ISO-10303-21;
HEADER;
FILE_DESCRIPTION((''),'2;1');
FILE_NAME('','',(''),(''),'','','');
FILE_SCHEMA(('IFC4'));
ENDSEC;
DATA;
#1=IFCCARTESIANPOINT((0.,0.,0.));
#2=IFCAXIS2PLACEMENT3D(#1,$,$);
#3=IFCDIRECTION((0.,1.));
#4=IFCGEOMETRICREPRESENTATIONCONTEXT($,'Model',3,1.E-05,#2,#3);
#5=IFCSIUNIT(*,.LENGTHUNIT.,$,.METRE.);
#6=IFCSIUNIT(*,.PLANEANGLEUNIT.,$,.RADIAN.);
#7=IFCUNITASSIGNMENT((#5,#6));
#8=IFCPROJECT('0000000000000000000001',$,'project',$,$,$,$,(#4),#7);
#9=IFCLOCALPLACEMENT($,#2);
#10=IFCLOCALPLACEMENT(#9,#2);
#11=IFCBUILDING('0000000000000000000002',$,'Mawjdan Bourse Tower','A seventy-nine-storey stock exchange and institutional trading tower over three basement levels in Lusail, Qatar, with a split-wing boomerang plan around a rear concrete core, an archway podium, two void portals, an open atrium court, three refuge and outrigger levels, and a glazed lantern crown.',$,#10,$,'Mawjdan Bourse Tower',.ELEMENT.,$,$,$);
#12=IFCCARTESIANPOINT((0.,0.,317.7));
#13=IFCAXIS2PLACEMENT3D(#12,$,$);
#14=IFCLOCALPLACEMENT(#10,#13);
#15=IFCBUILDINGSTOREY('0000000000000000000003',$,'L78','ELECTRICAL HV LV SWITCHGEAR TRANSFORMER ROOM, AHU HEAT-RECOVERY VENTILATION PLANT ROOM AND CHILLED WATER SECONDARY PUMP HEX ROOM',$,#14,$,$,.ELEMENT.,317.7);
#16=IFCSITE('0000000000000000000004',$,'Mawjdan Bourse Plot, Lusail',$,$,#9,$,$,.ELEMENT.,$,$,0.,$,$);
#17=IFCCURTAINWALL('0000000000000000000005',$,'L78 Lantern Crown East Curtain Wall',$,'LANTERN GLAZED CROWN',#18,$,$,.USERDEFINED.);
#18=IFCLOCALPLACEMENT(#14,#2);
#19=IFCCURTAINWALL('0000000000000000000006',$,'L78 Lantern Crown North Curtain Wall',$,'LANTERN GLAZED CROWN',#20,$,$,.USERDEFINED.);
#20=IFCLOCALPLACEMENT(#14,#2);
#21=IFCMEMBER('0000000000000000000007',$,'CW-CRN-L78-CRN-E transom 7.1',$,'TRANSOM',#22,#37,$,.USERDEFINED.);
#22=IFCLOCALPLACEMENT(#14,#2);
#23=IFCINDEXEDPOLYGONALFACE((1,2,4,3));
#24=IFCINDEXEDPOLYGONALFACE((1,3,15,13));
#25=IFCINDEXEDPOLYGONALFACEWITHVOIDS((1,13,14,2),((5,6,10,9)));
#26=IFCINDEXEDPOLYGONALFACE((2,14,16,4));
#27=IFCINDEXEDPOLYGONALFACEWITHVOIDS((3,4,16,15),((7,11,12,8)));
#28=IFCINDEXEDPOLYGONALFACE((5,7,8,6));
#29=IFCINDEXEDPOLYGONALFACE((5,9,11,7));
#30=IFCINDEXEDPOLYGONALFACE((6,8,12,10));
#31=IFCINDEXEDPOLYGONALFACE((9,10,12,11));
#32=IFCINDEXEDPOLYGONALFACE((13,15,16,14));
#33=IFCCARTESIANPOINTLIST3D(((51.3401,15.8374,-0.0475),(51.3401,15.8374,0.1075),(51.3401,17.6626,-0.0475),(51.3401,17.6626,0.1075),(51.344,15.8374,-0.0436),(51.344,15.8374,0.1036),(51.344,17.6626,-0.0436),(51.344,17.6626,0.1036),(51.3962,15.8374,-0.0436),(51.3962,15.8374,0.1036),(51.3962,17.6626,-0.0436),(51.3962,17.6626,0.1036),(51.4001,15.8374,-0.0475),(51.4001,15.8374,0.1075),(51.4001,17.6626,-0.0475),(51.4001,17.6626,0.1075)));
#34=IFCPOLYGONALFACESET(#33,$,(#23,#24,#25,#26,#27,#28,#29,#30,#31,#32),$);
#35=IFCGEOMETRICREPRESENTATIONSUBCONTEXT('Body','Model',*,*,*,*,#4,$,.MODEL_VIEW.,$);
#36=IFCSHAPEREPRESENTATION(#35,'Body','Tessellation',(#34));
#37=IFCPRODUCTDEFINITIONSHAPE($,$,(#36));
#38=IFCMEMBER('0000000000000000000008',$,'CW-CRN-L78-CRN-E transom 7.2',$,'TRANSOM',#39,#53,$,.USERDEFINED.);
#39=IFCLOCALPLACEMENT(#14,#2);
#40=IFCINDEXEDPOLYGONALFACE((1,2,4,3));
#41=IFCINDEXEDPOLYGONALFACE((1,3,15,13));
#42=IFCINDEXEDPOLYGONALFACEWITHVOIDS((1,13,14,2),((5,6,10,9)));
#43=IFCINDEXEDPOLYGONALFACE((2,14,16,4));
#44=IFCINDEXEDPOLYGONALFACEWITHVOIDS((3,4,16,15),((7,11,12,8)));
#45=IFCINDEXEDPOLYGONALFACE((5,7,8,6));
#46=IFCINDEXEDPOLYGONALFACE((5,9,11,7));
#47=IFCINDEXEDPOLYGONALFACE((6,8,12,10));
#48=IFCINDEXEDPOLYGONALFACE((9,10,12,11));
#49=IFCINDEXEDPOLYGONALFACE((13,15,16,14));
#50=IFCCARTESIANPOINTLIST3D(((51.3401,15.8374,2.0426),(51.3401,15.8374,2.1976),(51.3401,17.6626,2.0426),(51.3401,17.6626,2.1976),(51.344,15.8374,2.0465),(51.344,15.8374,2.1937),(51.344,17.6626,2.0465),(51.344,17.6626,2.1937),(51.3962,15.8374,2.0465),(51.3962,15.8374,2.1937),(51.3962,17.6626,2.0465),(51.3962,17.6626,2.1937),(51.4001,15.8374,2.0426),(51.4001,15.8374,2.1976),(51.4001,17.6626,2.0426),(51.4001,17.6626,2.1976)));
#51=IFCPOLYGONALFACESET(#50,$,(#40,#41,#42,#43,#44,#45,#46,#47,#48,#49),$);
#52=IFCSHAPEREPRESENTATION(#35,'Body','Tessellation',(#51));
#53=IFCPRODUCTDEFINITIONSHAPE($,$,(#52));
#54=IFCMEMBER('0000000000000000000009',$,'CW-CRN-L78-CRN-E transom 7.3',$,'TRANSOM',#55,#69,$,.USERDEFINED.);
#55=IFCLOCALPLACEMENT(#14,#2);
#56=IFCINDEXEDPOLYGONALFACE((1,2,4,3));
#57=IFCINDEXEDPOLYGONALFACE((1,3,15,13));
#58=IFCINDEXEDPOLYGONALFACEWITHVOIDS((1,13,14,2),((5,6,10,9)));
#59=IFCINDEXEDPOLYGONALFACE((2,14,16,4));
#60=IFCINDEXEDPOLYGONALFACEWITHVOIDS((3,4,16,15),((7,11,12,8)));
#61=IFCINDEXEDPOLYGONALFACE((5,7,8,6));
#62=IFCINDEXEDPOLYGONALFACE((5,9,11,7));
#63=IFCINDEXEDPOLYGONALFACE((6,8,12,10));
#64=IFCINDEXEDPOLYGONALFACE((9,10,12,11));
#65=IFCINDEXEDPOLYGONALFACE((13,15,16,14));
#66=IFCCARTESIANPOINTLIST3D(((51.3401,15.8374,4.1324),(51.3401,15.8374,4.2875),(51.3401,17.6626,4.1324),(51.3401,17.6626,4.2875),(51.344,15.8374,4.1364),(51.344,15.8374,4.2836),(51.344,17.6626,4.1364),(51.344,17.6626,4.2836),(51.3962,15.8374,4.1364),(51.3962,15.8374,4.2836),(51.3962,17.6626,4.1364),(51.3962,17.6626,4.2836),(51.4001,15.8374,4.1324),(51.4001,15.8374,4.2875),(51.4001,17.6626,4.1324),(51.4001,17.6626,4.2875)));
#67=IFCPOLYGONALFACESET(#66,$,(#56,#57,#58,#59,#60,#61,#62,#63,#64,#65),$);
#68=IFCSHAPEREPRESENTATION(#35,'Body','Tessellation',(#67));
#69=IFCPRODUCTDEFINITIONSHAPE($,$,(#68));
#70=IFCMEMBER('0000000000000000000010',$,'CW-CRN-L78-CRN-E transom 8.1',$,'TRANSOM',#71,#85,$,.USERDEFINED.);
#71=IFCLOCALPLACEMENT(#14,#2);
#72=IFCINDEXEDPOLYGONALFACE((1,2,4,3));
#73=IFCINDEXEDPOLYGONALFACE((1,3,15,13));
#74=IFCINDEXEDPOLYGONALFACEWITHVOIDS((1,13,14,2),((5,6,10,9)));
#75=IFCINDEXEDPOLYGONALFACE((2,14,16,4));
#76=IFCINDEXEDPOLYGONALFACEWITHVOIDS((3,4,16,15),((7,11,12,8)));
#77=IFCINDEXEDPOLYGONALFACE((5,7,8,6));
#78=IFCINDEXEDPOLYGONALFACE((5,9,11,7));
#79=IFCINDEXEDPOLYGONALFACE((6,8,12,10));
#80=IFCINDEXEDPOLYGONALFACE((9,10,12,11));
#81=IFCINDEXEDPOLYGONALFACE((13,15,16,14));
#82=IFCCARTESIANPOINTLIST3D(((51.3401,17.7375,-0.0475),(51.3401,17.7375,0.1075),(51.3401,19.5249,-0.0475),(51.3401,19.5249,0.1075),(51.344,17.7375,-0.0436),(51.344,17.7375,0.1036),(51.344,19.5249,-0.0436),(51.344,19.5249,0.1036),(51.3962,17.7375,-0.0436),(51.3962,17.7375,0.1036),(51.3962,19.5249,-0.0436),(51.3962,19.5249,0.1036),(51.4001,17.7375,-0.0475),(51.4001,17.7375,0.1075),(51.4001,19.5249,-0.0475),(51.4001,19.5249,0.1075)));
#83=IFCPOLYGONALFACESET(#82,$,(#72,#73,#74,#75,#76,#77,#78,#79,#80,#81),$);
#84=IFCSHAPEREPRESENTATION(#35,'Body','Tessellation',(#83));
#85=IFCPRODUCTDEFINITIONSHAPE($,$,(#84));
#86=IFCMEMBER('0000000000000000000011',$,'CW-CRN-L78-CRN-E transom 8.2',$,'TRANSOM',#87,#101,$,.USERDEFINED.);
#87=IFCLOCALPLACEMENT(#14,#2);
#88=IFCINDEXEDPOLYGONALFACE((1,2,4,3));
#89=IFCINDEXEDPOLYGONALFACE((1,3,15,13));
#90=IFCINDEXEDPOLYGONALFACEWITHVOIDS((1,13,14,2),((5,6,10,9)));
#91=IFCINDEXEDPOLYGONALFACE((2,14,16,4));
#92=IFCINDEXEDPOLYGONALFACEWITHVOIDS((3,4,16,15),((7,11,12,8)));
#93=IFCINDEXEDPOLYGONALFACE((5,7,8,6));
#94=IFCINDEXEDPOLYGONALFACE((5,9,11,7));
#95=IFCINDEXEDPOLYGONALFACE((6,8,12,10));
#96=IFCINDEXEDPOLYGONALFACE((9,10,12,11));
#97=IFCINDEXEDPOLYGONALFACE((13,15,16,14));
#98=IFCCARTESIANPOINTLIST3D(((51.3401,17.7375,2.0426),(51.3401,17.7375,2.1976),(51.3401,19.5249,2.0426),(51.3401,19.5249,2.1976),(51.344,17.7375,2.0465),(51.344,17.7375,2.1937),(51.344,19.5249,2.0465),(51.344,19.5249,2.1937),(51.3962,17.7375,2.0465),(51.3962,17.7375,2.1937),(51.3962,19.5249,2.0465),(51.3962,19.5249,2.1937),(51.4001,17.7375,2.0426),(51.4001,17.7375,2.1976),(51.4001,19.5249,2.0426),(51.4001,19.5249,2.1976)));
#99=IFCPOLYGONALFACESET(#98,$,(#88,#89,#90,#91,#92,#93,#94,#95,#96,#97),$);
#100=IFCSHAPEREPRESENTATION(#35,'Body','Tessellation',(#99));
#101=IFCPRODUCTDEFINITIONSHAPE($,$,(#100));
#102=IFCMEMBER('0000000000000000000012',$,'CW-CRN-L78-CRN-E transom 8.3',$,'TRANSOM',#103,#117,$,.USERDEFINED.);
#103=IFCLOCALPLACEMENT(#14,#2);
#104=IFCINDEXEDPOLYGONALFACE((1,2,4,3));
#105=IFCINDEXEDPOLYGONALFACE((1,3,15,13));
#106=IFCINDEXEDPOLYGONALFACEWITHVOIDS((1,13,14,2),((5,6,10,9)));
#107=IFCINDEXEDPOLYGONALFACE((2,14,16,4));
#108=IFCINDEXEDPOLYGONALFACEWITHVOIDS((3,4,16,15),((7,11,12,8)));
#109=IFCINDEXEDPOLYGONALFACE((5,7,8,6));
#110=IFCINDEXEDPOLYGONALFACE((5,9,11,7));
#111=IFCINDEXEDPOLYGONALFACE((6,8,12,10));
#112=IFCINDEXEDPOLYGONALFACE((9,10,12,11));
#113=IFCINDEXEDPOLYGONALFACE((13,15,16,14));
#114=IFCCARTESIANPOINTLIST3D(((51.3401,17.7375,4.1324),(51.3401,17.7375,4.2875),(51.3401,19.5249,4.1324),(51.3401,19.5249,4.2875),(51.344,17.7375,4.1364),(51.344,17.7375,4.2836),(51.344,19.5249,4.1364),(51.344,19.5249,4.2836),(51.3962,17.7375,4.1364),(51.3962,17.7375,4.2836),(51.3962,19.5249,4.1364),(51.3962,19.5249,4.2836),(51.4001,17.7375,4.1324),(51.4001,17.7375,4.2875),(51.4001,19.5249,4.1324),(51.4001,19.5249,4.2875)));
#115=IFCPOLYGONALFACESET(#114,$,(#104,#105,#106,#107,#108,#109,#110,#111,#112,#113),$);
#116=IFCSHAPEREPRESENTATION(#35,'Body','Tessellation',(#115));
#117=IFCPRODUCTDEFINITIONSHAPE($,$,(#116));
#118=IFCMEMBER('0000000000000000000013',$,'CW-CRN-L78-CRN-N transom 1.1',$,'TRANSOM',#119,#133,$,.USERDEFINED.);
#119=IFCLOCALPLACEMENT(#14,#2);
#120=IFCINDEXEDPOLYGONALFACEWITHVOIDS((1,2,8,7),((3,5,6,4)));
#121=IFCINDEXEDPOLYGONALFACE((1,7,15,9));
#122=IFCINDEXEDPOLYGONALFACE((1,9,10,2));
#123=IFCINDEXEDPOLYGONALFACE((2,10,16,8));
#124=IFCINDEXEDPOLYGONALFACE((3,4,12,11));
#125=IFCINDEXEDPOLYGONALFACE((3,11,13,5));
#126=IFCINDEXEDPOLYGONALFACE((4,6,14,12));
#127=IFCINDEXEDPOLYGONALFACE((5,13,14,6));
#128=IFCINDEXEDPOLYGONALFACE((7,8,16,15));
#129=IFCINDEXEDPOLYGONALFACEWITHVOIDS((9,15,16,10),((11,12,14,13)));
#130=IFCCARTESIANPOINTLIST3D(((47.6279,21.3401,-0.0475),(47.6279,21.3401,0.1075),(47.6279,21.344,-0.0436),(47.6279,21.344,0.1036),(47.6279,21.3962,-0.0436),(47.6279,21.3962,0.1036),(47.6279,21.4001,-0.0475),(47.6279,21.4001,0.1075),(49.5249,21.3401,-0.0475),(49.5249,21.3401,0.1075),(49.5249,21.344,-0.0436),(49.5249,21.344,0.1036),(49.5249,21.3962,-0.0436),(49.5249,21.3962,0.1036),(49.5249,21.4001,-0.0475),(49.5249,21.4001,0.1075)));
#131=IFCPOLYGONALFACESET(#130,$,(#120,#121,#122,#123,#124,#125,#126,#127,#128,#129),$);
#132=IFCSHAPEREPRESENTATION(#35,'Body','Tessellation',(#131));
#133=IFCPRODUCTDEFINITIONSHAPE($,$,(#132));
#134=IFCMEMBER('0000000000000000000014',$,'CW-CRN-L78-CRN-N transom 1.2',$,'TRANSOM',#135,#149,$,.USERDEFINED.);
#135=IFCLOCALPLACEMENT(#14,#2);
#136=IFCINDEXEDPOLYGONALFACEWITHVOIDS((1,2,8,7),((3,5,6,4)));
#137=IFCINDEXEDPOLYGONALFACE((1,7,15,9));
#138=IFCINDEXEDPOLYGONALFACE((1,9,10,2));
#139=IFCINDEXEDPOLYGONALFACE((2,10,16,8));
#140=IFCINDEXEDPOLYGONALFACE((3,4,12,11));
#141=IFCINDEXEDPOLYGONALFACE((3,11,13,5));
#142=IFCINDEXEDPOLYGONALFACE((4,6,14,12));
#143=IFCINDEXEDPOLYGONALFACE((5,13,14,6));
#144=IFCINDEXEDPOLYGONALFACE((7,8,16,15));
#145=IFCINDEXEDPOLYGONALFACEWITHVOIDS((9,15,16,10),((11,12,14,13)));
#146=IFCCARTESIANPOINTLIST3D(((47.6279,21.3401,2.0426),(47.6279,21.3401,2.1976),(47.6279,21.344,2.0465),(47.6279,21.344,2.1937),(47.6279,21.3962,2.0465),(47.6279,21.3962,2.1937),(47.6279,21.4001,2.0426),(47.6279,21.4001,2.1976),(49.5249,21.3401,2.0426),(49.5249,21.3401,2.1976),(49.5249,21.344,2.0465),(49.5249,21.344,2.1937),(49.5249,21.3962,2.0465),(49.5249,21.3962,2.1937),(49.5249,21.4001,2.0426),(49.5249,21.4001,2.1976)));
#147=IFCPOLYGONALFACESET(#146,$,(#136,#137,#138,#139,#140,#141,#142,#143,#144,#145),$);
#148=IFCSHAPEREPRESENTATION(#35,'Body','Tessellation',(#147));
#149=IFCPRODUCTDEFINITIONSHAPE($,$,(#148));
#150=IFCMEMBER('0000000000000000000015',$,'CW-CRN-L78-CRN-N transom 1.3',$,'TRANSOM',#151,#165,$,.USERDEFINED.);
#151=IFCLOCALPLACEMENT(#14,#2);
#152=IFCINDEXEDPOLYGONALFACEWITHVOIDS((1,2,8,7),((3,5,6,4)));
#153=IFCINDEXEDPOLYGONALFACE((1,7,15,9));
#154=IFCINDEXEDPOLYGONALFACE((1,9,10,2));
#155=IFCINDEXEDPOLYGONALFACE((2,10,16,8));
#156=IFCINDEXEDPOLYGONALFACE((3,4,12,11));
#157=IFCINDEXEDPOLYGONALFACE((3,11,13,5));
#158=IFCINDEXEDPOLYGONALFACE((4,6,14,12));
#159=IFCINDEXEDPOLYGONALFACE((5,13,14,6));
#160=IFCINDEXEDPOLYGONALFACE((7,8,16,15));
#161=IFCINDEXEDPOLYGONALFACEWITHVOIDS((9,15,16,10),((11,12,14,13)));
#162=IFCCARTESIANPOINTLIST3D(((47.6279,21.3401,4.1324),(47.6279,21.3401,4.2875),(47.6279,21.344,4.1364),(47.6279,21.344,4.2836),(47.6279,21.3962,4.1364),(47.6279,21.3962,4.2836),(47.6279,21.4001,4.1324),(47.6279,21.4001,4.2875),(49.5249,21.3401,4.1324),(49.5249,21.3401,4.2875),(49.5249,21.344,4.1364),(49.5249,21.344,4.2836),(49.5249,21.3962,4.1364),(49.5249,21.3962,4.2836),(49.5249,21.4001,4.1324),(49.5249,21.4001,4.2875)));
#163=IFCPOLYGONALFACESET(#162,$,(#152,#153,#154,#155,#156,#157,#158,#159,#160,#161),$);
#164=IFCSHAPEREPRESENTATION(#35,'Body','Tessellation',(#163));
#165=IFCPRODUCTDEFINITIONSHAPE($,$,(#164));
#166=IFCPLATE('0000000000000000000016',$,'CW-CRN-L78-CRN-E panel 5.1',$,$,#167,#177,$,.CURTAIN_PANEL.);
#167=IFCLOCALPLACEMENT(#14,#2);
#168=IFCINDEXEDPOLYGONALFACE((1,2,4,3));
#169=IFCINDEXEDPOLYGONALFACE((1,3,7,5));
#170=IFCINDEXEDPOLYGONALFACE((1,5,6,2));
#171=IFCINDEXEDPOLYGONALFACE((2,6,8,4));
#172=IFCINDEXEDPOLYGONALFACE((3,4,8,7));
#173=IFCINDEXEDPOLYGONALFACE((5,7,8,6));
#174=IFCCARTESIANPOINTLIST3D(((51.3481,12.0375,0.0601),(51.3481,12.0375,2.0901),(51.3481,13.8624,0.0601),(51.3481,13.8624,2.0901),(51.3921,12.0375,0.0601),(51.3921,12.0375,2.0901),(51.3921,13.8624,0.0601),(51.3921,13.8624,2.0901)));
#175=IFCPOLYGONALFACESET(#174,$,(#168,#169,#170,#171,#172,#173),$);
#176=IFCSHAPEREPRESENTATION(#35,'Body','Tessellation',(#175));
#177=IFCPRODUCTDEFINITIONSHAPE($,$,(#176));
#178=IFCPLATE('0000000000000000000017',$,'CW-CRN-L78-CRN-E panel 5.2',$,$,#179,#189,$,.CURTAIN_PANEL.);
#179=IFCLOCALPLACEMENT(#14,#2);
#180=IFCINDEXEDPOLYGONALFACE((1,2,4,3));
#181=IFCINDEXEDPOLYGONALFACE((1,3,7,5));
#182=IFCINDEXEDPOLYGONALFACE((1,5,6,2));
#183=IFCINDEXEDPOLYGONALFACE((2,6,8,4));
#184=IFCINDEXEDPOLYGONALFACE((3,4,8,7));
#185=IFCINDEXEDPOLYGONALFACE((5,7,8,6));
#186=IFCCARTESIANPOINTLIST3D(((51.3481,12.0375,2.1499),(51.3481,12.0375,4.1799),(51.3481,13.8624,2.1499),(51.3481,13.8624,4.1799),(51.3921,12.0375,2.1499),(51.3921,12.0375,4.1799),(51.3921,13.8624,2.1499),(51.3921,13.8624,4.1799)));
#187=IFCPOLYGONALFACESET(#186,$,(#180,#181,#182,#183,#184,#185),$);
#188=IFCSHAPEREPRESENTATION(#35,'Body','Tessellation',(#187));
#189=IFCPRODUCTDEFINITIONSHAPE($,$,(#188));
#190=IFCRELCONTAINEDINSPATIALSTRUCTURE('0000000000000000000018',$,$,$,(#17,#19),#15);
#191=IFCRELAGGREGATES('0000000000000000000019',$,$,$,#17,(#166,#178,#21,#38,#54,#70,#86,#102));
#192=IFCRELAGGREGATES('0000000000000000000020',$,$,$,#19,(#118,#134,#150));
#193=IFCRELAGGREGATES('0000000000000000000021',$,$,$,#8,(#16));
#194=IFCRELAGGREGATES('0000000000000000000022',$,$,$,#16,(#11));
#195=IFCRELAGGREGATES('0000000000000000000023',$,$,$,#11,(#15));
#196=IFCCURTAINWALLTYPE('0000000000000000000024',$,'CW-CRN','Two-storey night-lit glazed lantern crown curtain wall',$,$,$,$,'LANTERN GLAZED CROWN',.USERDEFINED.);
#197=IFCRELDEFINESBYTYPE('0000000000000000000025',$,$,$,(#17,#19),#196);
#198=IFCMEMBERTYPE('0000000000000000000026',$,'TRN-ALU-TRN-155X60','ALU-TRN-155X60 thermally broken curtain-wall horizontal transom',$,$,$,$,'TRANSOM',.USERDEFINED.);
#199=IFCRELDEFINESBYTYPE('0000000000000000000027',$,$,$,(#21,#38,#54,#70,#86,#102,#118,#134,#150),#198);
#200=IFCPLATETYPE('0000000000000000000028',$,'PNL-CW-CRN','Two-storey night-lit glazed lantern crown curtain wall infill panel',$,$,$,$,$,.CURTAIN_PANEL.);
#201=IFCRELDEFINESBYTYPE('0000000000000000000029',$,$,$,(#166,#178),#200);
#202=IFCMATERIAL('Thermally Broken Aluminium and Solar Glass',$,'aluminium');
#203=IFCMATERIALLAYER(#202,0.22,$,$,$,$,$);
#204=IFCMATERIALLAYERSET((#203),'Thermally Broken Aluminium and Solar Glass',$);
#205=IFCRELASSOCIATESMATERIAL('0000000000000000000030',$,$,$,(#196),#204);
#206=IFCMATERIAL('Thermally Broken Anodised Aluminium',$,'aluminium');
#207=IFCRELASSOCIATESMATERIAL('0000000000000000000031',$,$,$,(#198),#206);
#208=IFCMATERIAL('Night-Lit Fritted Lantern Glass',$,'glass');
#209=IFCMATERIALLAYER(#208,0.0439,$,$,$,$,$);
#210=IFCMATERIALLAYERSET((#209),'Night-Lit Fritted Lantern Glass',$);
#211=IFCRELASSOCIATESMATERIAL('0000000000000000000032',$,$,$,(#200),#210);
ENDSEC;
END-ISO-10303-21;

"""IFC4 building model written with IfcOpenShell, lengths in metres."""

from ifc_helpers import new_model, si_unit, direction, frame, origin, origin_2d, place, context, subcontext, project, spatial, rectangle, hollow_rectangle, extrude, material, layer, layer_set, material_profile, profile_set, type_object, element, aggregate, save


model = new_model("IFC4")

# Units and contexts
model_context = context("Model", 3, precision=1e-05, world=origin(), true_north=direction((0.0, 1.0)))
body_context = subcontext(model_context, "Body", "Model", "MODEL_VIEW")
ifc_project = project(units=[si_unit("LENGTHUNIT", "METRE"), si_unit("PLANEANGLEUNIT", "RADIAN")], contexts=[model_context])

# Site, building, storey
site_placement = place(None, origin())
site = spatial("IfcSite", under=ifc_project, at=site_placement, Name="Mawjdan Bourse Plot, Lusail", CompositionType="ELEMENT", RefElevation=0.0)
building_placement = place(site_placement, origin())
building = spatial("IfcBuilding", under=site, at=building_placement, Name="Mawjdan Bourse Tower", Description="A seventy-nine-storey stock exchange and institutional trading tower over three basement levels in Lusail, Qatar, with a split-wing boomerang plan around a rear concrete core, an archway podium, two void portals, an open atrium court, three refuge and outrigger levels, and a glazed lantern crown.", LongName="Mawjdan Bourse Tower", CompositionType="ELEMENT")
storey_placement = place(building_placement, frame((0.0, 0.0, 317.7)))
storey = spatial("IfcBuildingStorey", under=building, at=storey_placement, Name="L78", Description="ELECTRICAL HV LV SWITCHGEAR TRANSFORMER ROOM, AHU HEAT-RECOVERY VENTILATION PLANT ROOM AND CHILLED WATER SECONDARY PUMP HEX ROOM", CompositionType="ELEMENT", Elevation=317.7)

# Curtain wall
ifc_material_1 = material(Name="Thermally Broken Aluminium and Solar Glass", Category="aluminium")
ifc_layer_1 = layer(ifc_material_1, 0.22)
ifc_layer_set_1 = layer_set([ifc_layer_1], Name="Thermally Broken Aluminium and Solar Glass")
curtain_wall_type = type_object("IfcCurtainWallType", Name="CW-CRN", Description="Two-storey night-lit glazed lantern crown curtain wall", ElementType="LANTERN GLAZED CROWN", PredefinedType="USERDEFINED", material=ifc_layer_set_1)
curtain_wall_1_placement = place(storey_placement, origin())
curtain_wall_1 = element("IfcCurtainWall", 1, at=curtain_wall_1_placement, inside=storey, type_object=curtain_wall_type, Name="L78 Lantern Crown East Curtain Wall", ObjectType="LANTERN GLAZED CROWN", PredefinedType="USERDEFINED")
ifc_material_2 = material(Name="Thermally Broken Anodised Aluminium", Category="aluminium")

# Curtain wall
curtain_wall_2_placement = place(storey_placement, origin())
curtain_wall_2 = element("IfcCurtainWall", 2, at=curtain_wall_2_placement, inside=storey, type_object=curtain_wall_type, Name="L78 Lantern Crown North Curtain Wall", ObjectType="LANTERN GLAZED CROWN", PredefinedType="USERDEFINED")

# Members
ifc_material_profile_1 = material_profile(ifc_material_2, hollow_rectangle(XDim=0.0601, YDim=0.155, WallThickness=0.0039, at=origin_2d()), Name="ALU-TRN-155X60")
ifc_profile_set_1 = profile_set([ifc_material_profile_1], Name="Thermally Broken Anodised Aluminium")
member_type_1 = type_object("IfcMemberType", Name="TRN-ALU-TRN-155X60", Description="ALU-TRN-155X60 thermally broken curtain-wall horizontal transom", ElementType="TRANSOM", PredefinedType="USERDEFINED", material=ifc_profile_set_1)
member_1_placement = place(storey_placement, frame((51.3701, 15.8374, 0.03), z_axis=(0.0, 1.0, 0.0), x_axis=(-1.0, 0.0, 0.0)))
member_1 = element("IfcMember", 3, at=member_1_placement, type_object=member_type_1, Name="CW-CRN-L78-CRN-E transom 7.1", ObjectType="TRANSOM", PredefinedType="USERDEFINED", context=body_context, shape_type="SweptSolid", body=[
    extrude(hollow_rectangle(XDim=0.0601, YDim=0.155, WallThickness=0.0039, at=origin_2d()), origin(), (0.0, 0.0, 1.0), 1.8252),
])
member_2_placement = place(storey_placement, frame((51.3701, 15.8374, 2.1201), z_axis=(0.0, 1.0, 0.0), x_axis=(-1.0, 0.0, 0.0)))
member_2 = element("IfcMember", 4, at=member_2_placement, type_object=member_type_1, Name="CW-CRN-L78-CRN-E transom 7.2", ObjectType="TRANSOM", PredefinedType="USERDEFINED", context=body_context, shape_type="SweptSolid", body=[
    extrude(hollow_rectangle(XDim=0.0601, YDim=0.155, WallThickness=0.0039, at=origin_2d()), origin(), (0.0, 0.0, 1.0), 1.8252),
])
member_3_placement = place(storey_placement, frame((51.3701, 15.8374, 4.21), z_axis=(0.0, 1.0, 0.0), x_axis=(-1.0, 0.0, 0.0)))
member_3 = element("IfcMember", 5, at=member_3_placement, type_object=member_type_1, Name="CW-CRN-L78-CRN-E transom 7.3", ObjectType="TRANSOM", PredefinedType="USERDEFINED", context=body_context, shape_type="SweptSolid", body=[
    extrude(hollow_rectangle(XDim=0.0601, YDim=0.155, WallThickness=0.0039, at=origin_2d()), origin(), (0.0, 0.0, 1.0), 1.8252),
])
member_4_placement = place(storey_placement, frame((51.3701, 17.7375, 0.03), z_axis=(0.0, 1.0, 0.0), x_axis=(-1.0, 0.0, 0.0)))
member_4 = element("IfcMember", 6, at=member_4_placement, type_object=member_type_1, Name="CW-CRN-L78-CRN-E transom 8.1", ObjectType="TRANSOM", PredefinedType="USERDEFINED", context=body_context, shape_type="SweptSolid", body=[
    extrude(hollow_rectangle(XDim=0.0601, YDim=0.155, WallThickness=0.0039, at=origin_2d()), origin(), (0.0, 0.0, 1.0), 1.7874),
])
member_5_placement = place(storey_placement, frame((51.3701, 17.7375, 2.1201), z_axis=(0.0, 1.0, 0.0), x_axis=(-1.0, 0.0, 0.0)))
member_5 = element("IfcMember", 7, at=member_5_placement, type_object=member_type_1, Name="CW-CRN-L78-CRN-E transom 8.2", ObjectType="TRANSOM", PredefinedType="USERDEFINED", context=body_context, shape_type="SweptSolid", body=[
    extrude(hollow_rectangle(XDim=0.0601, YDim=0.155, WallThickness=0.0039, at=origin_2d()), origin(), (0.0, 0.0, 1.0), 1.7874),
])
member_6_placement = place(storey_placement, frame((51.3701, 17.7375, 4.21), z_axis=(0.0, 1.0, 0.0), x_axis=(-1.0, 0.0, 0.0)))
member_6 = element("IfcMember", 8, at=member_6_placement, type_object=member_type_1, Name="CW-CRN-L78-CRN-E transom 8.3", ObjectType="TRANSOM", PredefinedType="USERDEFINED", context=body_context, shape_type="SweptSolid", body=[
    extrude(hollow_rectangle(XDim=0.0601, YDim=0.155, WallThickness=0.0039, at=origin_2d()), origin(), (0.0, 0.0, 1.0), 1.7874),
])
member_7_placement = place(storey_placement, frame((49.5249, 21.3701, 0.03), z_axis=(-1.0, 0.0, 0.0), x_axis=(0.0, -1.0, 0.0)))
member_7 = element("IfcMember", 9, at=member_7_placement, type_object=member_type_1, Name="CW-CRN-L78-CRN-N transom 1.1", ObjectType="TRANSOM", PredefinedType="USERDEFINED", context=body_context, shape_type="SweptSolid", body=[
    extrude(hollow_rectangle(XDim=0.0601, YDim=0.155, WallThickness=0.0039, at=origin_2d()), origin(), (0.0, 0.0, 1.0), 1.897),
])
member_8_placement = place(storey_placement, frame((49.5249, 21.3701, 2.1201), z_axis=(-1.0, 0.0, 0.0), x_axis=(0.0, -1.0, 0.0)))
member_8 = element("IfcMember", 10, at=member_8_placement, type_object=member_type_1, Name="CW-CRN-L78-CRN-N transom 1.2", ObjectType="TRANSOM", PredefinedType="USERDEFINED", context=body_context, shape_type="SweptSolid", body=[
    extrude(hollow_rectangle(XDim=0.0601, YDim=0.155, WallThickness=0.0039, at=origin_2d()), origin(), (0.0, 0.0, 1.0), 1.897),
])
member_9_placement = place(storey_placement, frame((49.5249, 21.3701, 4.21), z_axis=(-1.0, 0.0, 0.0), x_axis=(0.0, -1.0, 0.0)))
member_9 = element("IfcMember", 11, at=member_9_placement, type_object=member_type_1, Name="CW-CRN-L78-CRN-N transom 1.3", ObjectType="TRANSOM", PredefinedType="USERDEFINED", context=body_context, shape_type="SweptSolid", body=[
    extrude(hollow_rectangle(XDim=0.0601, YDim=0.155, WallThickness=0.0039, at=origin_2d()), origin(), (0.0, 0.0, 1.0), 1.897),
])

# Plates
ifc_material_3 = material(Name="Night-Lit Fritted Lantern Glass", Category="glass")
ifc_layer_2 = layer(ifc_material_3, 0.0439)
ifc_layer_set_2 = layer_set([ifc_layer_2], Name="Night-Lit Fritted Lantern Glass")
plate_type = type_object("IfcPlateType", Name="PNL-CW-CRN", Description="Two-storey night-lit glazed lantern crown curtain wall infill panel", PredefinedType="CURTAIN_PANEL", material=ifc_layer_set_2)
plate_1_placement = place(storey_placement, frame((51.3701, 12.95, 0.0601), z_axis=(0.0, 0.0, 1.0), x_axis=(0.0, 1.0, 0.0)))
plate_1 = element("IfcPlate", 12, at=plate_1_placement, type_object=plate_type, Name="CW-CRN-L78-CRN-E panel 5.1", PredefinedType="CURTAIN_PANEL", context=body_context, shape_type="SweptSolid", body=[
    extrude(rectangle(XDim=1.825, YDim=0.0439, at=origin_2d()), origin(), (0.0, 0.0, 1.0), 2.03),
])
plate_2_placement = place(storey_placement, frame((51.3701, 12.95, 2.1499), z_axis=(0.0, 0.0, 1.0), x_axis=(0.0, 1.0, 0.0)))
plate_2 = element("IfcPlate", 13, at=plate_2_placement, type_object=plate_type, Name="CW-CRN-L78-CRN-E panel 5.2", PredefinedType="CURTAIN_PANEL", context=body_context, shape_type="SweptSolid", body=[
    extrude(rectangle(XDim=1.825, YDim=0.0439, at=origin_2d()), origin(), (0.0, 0.0, 1.0), 2.03),
])
aggregate(curtain_wall_1, [plate_1, plate_2, member_1, member_2, member_3, member_4, member_5, member_6])
aggregate(curtain_wall_2, [member_7, member_8, member_9])

save(model, "model.ifc")
